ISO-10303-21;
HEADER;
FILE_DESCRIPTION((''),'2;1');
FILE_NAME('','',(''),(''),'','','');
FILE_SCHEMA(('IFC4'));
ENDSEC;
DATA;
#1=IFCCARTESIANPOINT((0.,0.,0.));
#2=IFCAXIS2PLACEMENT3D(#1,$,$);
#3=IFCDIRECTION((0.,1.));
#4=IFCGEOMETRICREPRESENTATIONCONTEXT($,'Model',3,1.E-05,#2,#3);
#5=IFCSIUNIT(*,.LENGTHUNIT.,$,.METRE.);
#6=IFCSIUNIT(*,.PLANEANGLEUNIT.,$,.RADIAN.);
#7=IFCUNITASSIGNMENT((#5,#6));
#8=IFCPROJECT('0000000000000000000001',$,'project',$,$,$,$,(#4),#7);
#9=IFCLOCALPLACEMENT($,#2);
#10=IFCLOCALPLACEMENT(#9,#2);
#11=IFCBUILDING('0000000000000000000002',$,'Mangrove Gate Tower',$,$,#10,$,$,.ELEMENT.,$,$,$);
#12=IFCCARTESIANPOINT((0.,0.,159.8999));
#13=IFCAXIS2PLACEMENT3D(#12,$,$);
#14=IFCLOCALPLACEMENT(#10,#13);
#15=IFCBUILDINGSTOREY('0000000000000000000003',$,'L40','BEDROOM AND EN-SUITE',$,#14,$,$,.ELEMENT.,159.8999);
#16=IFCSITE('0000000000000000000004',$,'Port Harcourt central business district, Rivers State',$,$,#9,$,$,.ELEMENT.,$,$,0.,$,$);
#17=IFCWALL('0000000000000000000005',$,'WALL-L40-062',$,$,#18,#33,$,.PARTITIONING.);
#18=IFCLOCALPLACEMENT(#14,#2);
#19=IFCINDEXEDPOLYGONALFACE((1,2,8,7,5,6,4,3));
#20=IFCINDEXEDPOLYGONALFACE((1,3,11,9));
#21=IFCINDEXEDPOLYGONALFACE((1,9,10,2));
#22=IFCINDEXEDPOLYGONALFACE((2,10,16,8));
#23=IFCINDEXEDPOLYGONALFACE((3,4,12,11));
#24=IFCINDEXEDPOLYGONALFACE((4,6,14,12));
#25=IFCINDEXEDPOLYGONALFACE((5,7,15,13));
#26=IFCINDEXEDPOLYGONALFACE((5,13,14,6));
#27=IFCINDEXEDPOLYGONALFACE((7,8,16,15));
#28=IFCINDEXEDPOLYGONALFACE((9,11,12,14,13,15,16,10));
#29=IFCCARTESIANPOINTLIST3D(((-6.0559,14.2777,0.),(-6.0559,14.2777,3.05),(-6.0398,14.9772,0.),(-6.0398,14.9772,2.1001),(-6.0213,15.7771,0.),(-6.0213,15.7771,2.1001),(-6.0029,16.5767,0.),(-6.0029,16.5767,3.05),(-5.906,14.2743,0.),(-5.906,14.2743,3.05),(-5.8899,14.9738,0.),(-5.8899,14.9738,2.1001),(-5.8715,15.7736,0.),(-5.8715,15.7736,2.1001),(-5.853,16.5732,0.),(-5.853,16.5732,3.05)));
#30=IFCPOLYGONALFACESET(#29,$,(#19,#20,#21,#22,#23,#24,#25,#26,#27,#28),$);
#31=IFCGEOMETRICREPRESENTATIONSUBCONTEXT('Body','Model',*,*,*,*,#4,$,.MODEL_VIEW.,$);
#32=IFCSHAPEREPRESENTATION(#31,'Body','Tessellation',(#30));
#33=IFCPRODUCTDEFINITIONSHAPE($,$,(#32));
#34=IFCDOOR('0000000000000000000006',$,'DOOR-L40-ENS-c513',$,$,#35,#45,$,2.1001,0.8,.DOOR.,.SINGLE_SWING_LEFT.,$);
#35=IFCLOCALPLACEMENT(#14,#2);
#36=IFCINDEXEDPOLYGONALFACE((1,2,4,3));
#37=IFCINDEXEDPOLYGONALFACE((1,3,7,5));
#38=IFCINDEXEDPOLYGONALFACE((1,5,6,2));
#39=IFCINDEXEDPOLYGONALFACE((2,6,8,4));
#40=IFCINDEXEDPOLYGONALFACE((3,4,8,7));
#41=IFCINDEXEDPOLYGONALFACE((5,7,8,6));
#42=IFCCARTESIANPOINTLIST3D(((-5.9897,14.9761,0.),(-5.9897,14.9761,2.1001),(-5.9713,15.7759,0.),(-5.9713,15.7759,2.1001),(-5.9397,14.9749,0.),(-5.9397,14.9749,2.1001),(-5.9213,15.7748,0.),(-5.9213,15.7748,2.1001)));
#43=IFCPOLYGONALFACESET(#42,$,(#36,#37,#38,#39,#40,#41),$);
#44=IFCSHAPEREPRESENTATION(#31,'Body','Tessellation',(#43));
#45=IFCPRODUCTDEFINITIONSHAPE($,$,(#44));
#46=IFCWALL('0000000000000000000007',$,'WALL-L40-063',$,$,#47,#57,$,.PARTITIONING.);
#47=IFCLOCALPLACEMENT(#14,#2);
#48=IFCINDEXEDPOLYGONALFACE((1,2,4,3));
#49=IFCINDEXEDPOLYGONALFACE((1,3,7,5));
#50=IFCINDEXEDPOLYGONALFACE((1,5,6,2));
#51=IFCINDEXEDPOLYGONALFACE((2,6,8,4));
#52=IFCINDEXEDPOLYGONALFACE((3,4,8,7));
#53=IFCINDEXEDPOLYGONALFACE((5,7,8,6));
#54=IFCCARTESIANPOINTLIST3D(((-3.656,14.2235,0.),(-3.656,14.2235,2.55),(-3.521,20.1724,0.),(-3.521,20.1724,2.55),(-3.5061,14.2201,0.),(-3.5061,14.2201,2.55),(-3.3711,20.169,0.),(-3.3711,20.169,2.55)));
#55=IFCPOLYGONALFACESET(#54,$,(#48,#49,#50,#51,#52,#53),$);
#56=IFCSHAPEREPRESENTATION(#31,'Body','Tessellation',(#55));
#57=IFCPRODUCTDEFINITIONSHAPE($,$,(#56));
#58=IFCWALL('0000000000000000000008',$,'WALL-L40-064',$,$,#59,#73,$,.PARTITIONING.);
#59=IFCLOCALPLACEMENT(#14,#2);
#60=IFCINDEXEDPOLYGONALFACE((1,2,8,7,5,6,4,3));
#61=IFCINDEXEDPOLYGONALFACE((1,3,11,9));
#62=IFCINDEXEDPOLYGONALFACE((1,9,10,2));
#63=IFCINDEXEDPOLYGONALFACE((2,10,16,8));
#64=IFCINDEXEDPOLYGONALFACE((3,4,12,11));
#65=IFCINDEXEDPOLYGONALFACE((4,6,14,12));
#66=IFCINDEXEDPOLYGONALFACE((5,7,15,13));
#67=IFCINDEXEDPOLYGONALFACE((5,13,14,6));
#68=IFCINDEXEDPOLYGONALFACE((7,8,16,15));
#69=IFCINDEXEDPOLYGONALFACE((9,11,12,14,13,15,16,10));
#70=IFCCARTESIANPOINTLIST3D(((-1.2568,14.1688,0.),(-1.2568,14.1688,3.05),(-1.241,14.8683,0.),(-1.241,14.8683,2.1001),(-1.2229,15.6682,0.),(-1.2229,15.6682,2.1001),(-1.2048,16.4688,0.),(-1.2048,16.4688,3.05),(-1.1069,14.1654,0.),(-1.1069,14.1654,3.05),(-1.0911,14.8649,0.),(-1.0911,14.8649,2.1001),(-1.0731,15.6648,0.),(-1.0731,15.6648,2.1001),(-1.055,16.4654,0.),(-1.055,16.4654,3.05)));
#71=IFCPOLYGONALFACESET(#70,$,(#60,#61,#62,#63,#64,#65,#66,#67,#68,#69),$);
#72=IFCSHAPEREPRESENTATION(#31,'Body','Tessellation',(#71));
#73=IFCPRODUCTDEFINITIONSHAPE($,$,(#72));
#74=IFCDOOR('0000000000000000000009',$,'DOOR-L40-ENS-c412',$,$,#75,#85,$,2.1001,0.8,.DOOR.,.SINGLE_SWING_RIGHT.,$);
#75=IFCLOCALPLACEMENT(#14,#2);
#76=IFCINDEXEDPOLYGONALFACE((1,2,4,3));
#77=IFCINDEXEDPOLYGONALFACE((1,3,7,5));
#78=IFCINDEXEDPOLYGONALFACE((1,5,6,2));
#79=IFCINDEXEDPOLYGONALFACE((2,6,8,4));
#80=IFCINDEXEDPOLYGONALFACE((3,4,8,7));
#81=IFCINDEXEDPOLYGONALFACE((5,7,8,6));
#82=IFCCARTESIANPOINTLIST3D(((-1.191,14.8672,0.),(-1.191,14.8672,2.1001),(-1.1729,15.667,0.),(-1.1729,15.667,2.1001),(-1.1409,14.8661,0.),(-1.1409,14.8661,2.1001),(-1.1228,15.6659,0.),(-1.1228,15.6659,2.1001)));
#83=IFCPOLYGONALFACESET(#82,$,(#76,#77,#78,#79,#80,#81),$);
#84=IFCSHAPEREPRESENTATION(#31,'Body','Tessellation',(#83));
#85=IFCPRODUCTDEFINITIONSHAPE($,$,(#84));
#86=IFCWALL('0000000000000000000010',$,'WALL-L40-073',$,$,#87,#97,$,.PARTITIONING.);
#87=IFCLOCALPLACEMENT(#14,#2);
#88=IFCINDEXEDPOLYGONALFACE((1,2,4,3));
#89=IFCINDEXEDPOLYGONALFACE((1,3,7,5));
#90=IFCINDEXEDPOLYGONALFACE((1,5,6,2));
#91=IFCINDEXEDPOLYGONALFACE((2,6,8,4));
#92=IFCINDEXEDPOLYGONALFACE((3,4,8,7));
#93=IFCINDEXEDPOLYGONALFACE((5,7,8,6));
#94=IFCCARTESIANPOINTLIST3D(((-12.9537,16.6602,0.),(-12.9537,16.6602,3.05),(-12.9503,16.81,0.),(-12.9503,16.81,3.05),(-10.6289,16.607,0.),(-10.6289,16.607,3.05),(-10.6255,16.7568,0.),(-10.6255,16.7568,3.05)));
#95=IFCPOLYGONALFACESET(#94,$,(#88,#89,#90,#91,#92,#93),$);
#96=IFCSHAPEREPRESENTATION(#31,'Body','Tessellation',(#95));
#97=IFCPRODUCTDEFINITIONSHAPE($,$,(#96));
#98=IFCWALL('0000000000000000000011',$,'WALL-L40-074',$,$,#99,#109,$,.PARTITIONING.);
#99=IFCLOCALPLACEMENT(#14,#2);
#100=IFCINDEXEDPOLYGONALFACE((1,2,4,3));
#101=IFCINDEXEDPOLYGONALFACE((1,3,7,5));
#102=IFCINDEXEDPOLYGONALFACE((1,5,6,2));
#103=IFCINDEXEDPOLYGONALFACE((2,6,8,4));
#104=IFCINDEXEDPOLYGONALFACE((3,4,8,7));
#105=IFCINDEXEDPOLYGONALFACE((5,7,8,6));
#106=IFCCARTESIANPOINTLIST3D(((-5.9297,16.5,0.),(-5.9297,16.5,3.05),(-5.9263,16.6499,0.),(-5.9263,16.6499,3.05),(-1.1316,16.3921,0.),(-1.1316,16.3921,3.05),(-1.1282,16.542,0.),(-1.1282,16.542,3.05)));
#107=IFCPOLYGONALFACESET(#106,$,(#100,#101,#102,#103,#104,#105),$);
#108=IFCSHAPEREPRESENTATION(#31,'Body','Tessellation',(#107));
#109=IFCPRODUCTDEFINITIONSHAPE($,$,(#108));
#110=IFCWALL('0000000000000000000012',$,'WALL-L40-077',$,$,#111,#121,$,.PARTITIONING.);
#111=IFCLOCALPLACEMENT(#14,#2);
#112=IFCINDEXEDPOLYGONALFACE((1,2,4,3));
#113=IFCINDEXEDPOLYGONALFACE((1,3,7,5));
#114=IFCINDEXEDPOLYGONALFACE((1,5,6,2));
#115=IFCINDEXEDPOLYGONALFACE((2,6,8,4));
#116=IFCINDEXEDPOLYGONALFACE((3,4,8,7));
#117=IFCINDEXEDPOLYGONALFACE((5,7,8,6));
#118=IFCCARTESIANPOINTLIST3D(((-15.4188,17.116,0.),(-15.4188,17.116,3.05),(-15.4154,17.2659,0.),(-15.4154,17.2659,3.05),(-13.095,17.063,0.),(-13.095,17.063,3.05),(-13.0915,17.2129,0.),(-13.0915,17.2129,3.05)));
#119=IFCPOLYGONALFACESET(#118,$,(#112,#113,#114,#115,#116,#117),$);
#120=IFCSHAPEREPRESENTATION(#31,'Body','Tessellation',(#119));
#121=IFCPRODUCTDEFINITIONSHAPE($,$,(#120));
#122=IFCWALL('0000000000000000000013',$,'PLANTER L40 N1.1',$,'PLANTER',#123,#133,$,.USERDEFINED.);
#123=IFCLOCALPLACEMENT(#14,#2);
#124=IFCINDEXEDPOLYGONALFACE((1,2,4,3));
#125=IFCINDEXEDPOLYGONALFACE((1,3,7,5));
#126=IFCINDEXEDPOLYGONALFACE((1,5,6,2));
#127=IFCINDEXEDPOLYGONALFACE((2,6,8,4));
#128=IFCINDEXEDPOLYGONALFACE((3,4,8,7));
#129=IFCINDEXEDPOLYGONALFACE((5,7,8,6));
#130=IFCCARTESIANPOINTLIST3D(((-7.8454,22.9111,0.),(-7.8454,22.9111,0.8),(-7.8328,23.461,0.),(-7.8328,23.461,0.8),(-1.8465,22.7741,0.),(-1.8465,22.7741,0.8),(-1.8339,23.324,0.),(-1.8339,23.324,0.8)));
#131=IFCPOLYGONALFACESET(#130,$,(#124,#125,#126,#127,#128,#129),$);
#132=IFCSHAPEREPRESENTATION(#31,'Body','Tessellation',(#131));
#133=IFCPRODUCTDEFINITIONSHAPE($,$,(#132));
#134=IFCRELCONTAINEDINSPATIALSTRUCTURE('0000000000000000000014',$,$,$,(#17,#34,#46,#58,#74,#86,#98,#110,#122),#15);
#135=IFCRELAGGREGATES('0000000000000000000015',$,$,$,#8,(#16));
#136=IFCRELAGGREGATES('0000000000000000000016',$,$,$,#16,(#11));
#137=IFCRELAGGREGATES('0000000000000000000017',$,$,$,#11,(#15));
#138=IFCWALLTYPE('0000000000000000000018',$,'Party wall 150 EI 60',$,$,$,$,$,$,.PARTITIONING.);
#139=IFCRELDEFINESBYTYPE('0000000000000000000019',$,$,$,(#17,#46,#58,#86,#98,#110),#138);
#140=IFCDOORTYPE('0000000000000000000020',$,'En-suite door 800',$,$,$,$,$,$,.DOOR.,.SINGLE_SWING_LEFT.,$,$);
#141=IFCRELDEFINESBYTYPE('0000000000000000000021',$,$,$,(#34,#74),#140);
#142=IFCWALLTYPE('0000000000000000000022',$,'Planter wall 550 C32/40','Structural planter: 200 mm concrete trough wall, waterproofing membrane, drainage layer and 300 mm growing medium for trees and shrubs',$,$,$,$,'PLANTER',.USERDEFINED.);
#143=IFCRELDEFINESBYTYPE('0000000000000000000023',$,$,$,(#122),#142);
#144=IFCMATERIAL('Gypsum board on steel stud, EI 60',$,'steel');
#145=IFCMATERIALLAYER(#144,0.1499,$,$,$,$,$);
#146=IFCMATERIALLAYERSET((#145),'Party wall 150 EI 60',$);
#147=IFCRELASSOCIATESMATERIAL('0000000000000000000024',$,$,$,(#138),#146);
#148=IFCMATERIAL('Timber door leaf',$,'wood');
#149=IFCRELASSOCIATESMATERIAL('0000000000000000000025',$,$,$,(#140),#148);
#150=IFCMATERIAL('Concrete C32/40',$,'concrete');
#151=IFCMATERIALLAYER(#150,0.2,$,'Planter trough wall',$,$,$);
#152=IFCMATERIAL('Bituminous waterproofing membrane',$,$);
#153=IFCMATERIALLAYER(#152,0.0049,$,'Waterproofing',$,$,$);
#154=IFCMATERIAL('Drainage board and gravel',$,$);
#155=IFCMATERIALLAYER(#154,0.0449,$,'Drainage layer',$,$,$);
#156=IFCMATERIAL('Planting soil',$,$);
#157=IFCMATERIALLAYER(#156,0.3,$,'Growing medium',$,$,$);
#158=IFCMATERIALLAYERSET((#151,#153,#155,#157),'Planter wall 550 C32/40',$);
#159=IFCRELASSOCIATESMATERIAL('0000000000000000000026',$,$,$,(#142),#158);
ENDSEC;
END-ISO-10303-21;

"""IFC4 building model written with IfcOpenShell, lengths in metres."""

from ifc_helpers import new_model, si_unit, direction, frame, frame_2d, origin, place, context, subcontext, project, spatial, rectangle, extrude, material, layer, layer_set, type_object, element, fill, save


model = new_model("IFC4")

# Units and contexts
model_context = context("Model", 3, precision=1e-05, world=origin(), true_north=direction((0.0, 1.0)))
body_context = subcontext(model_context, "Body", "Model", "MODEL_VIEW")
ifc_project = project(units=[si_unit("LENGTHUNIT", "METRE"), si_unit("PLANEANGLEUNIT", "RADIAN")], contexts=[model_context])

# Site, building, storey
site_placement = place(None, origin())
site = spatial("IfcSite", under=ifc_project, at=site_placement, Name="Port Harcourt central business district, Rivers State", CompositionType="ELEMENT", RefElevation=0.0)
building_placement = place(site_placement, origin())
building = spatial("IfcBuilding", under=site, at=building_placement, Name="Mangrove Gate Tower", CompositionType="ELEMENT")
storey_placement = place(building_placement, frame((0.0, 0.0, 159.8999)))
storey = spatial("IfcBuildingStorey", under=building, at=storey_placement, Name="L40", Description="BEDROOM AND EN-SUITE", CompositionType="ELEMENT", Elevation=159.8999)

# Shared definitions
ifc_material_1 = material(Name="Gypsum board on steel stud, EI 60", Category="steel")
ifc_layer_1 = layer(ifc_material_1, 0.1499)
ifc_layer_set_1 = layer_set([ifc_layer_1], Name="Party wall 150 EI 60")
wall_type_1 = type_object("IfcWallType", Name="Party wall 150 EI 60", PredefinedType="PARTITIONING", material=ifc_layer_set_1)

# Shared definitions
ifc_material_2 = material(Name="Timber door leaf", Category="wood")
door_type = type_object("IfcDoorType", Name="En-suite door 800", OperationType="SINGLE_SWING_LEFT", PredefinedType="DOOR", material=ifc_material_2)

# Wall, opening, door
wall_1_placement = place(storey_placement, frame((-5.981, 14.2759, 0.0), z_axis=(0.0, 0.0, 1.0), x_axis=(0.023037, 0.999735, 0.0)))
wall_1 = element("IfcWall", 1, at=wall_1_placement, inside=storey, type_object=wall_type_1, Name="WALL-L40-062", PredefinedType="PARTITIONING", context=body_context, shape_type="SweptSolid", body=[
    extrude(rectangle(XDim=2.2996, YDim=0.1499, at=frame_2d((1.1499, 0.0))), origin(), (0.0, 0.0, 1.0), 3.05),
])
opening_1_placement = place(wall_1_placement, frame((0.7, 0.0, 0.0)))
opening_1 = element("IfcOpeningElement", 2, at=opening_1_placement, cuts=wall_1, PredefinedType="OPENING", context=body_context, shape_type="SweptSolid", body=[
    extrude(rectangle(XDim=0.8, YDim=2.1001, at=frame_2d((0.3999, 1.05))), frame((0.0, 0.085, 0.0), z_axis=(0.0, -1.0, 0.0), x_axis=(1.0, 0.0, 0.0)), (0.0, 0.0, 1.0), 0.1699),
])
door_1_placement = place(opening_1_placement, origin())
door_1 = element("IfcDoor", 3, at=door_1_placement, inside=storey, type_object=door_type, Name="DOOR-L40-ENS-c513", OperationType="SINGLE_SWING_LEFT", OverallHeight=2.1001, OverallWidth=0.8, PredefinedType="DOOR", context=body_context, shape_type="SweptSolid", body=[
    extrude(rectangle(XDim=0.8, YDim=2.1001, at=frame_2d((0.3999, 1.05))), frame((0.0, 0.0249, 0.0), z_axis=(0.0, -1.0, 0.0), x_axis=(1.0, 0.0, 0.0)), (0.0, 0.0, 1.0), 0.05),
])
fill(opening_1, door_1)

# Wall
wall_2_placement = place(storey_placement, frame((-3.5811, 14.2219, 0.0), z_axis=(0.0, 0.0, 1.0), x_axis=(0.022689, 0.999743, 0.0)))
element("IfcWall", 4, at=wall_2_placement, inside=storey, type_object=wall_type_1, Name="WALL-L40-063", PredefinedType="PARTITIONING", context=body_context, shape_type="SweptSolid", body=[
    extrude(rectangle(XDim=5.9504, YDim=0.1499, at=frame_2d((2.9751, 0.0))), origin(), (0.0, 0.0, 1.0), 2.55),
])

# Wall, opening, door
wall_3_placement = place(storey_placement, frame((-1.1819, 14.167, 0.0), z_axis=(0.0, 0.0, 1.0), x_axis=(0.022603, 0.999745, 0.0)))
wall_3 = element("IfcWall", 5, at=wall_3_placement, inside=storey, type_object=wall_type_1, Name="WALL-L40-064", PredefinedType="PARTITIONING", context=body_context, shape_type="SweptSolid", body=[
    extrude(rectangle(XDim=2.3005, YDim=0.1499, at=frame_2d((1.1504, 0.0))), origin(), (0.0, 0.0, 1.0), 3.05),
])
opening_2_placement = place(wall_3_placement, frame((0.7, 0.0, 0.0)))
opening_2 = element("IfcOpeningElement", 6, at=opening_2_placement, cuts=wall_3, PredefinedType="OPENING", context=body_context, shape_type="SweptSolid", body=[
    extrude(rectangle(XDim=0.8, YDim=2.1001, at=frame_2d((0.3999, 1.05))), frame((0.0, 0.085, 0.0), z_axis=(0.0, -1.0, 0.0), x_axis=(1.0, 0.0, 0.0)), (0.0, 0.0, 1.0), 0.1699),
])
door_2_placement = place(opening_2_placement, origin())
door_2 = element("IfcDoor", 7, at=door_2_placement, inside=storey, type_object=door_type, Name="DOOR-L40-ENS-c412", OperationType="SINGLE_SWING_RIGHT", OverallHeight=2.1001, OverallWidth=0.8, PredefinedType="DOOR", context=body_context, shape_type="SweptSolid", body=[
    extrude(rectangle(XDim=0.8, YDim=2.1001, at=frame_2d((0.3999, 1.05))), frame((0.0, 0.0249, 0.0), z_axis=(0.0, -1.0, 0.0), x_axis=(1.0, 0.0, 0.0)), (0.0, 0.0, 1.0), 0.05),
])
fill(opening_2, door_2)

# Walls
wall_4_placement = place(storey_placement, frame((-12.9519, 16.7351, 0.0), z_axis=(0.0, 0.0, 1.0), x_axis=(0.999738, -0.022886, 0.0)))
element("IfcWall", 8, at=wall_4_placement, inside=storey, type_object=wall_type_1, Name="WALL-L40-073", PredefinedType="PARTITIONING", context=body_context, shape_type="SweptSolid", body=[
    extrude(rectangle(XDim=2.3254, YDim=0.1499, at=frame_2d((1.1626, 0.0))), origin(), (0.0, 0.0, 1.0), 3.05),
])
wall_5_placement = place(storey_placement, frame((-5.928, 16.575, 0.0), z_axis=(0.0, 0.0, 1.0), x_axis=(0.999747, -0.022485, 0.0)))
element("IfcWall", 9, at=wall_5_placement, inside=storey, type_object=wall_type_1, Name="WALL-L40-074", PredefinedType="PARTITIONING", context=body_context, shape_type="SweptSolid", body=[
    extrude(rectangle(XDim=4.7993, YDim=0.1499, at=frame_2d((2.3997, 0.0))), origin(), (0.0, 0.0, 1.0), 3.05),
])
wall_6_placement = place(storey_placement, frame((-15.417, 17.1909, 0.0), z_axis=(0.0, 0.0, 1.0), x_axis=(0.99974, -0.022791, 0.0)))
element("IfcWall", 10, at=wall_6_placement, inside=storey, type_object=wall_type_1, Name="WALL-L40-077", PredefinedType="PARTITIONING", context=body_context, shape_type="SweptSolid", body=[
    extrude(rectangle(XDim=2.3245, YDim=0.1499, at=frame_2d((1.1621, 0.0))), origin(), (0.0, 0.0, 1.0), 3.05),
])
ifc_material_3 = material(Name="Concrete C32/40", Category="concrete")
ifc_layer_2 = layer(ifc_material_3, 0.2, Name="Planter trough wall")
ifc_material_4 = material(Name="Bituminous waterproofing membrane")
ifc_layer_3 = layer(ifc_material_4, 0.0049, Name="Waterproofing")
ifc_material_5 = material(Name="Drainage board and gravel")
ifc_layer_4 = layer(ifc_material_5, 0.0449, Name="Drainage layer")
ifc_material_6 = material(Name="Planting soil")
ifc_layer_5 = layer(ifc_material_6, 0.3, Name="Growing medium")
ifc_layer_set_2 = layer_set([ifc_layer_2, ifc_layer_3, ifc_layer_4, ifc_layer_5], Name="Planter wall 550 C32/40")
wall_type_2 = type_object("IfcWallType", Name="Planter wall 550 C32/40", Description="Structural planter: 200 mm concrete trough wall, waterproofing membrane, drainage layer and 300 mm growing medium for trees and shrubs", ElementType="PLANTER", PredefinedType="USERDEFINED", material=ifc_layer_set_2)
wall_7_placement = place(storey_placement, frame((-7.8391, 23.186, 0.0), z_axis=(0.0, 0.0, 1.0), x_axis=(0.999739, -0.022825, 0.0)))
element("IfcWall", 11, at=wall_7_placement, inside=storey, type_object=wall_type_2, Name="PLANTER L40 N1.1", ObjectType="PLANTER", PredefinedType="USERDEFINED", context=body_context, shape_type="SweptSolid", body=[
    extrude(rectangle(XDim=6.0005, YDim=0.55, at=frame_2d((3.0002, 0.0))), origin(), (0.0, 0.0, 1.0), 0.8),
])

save(model, "model.ifc")
